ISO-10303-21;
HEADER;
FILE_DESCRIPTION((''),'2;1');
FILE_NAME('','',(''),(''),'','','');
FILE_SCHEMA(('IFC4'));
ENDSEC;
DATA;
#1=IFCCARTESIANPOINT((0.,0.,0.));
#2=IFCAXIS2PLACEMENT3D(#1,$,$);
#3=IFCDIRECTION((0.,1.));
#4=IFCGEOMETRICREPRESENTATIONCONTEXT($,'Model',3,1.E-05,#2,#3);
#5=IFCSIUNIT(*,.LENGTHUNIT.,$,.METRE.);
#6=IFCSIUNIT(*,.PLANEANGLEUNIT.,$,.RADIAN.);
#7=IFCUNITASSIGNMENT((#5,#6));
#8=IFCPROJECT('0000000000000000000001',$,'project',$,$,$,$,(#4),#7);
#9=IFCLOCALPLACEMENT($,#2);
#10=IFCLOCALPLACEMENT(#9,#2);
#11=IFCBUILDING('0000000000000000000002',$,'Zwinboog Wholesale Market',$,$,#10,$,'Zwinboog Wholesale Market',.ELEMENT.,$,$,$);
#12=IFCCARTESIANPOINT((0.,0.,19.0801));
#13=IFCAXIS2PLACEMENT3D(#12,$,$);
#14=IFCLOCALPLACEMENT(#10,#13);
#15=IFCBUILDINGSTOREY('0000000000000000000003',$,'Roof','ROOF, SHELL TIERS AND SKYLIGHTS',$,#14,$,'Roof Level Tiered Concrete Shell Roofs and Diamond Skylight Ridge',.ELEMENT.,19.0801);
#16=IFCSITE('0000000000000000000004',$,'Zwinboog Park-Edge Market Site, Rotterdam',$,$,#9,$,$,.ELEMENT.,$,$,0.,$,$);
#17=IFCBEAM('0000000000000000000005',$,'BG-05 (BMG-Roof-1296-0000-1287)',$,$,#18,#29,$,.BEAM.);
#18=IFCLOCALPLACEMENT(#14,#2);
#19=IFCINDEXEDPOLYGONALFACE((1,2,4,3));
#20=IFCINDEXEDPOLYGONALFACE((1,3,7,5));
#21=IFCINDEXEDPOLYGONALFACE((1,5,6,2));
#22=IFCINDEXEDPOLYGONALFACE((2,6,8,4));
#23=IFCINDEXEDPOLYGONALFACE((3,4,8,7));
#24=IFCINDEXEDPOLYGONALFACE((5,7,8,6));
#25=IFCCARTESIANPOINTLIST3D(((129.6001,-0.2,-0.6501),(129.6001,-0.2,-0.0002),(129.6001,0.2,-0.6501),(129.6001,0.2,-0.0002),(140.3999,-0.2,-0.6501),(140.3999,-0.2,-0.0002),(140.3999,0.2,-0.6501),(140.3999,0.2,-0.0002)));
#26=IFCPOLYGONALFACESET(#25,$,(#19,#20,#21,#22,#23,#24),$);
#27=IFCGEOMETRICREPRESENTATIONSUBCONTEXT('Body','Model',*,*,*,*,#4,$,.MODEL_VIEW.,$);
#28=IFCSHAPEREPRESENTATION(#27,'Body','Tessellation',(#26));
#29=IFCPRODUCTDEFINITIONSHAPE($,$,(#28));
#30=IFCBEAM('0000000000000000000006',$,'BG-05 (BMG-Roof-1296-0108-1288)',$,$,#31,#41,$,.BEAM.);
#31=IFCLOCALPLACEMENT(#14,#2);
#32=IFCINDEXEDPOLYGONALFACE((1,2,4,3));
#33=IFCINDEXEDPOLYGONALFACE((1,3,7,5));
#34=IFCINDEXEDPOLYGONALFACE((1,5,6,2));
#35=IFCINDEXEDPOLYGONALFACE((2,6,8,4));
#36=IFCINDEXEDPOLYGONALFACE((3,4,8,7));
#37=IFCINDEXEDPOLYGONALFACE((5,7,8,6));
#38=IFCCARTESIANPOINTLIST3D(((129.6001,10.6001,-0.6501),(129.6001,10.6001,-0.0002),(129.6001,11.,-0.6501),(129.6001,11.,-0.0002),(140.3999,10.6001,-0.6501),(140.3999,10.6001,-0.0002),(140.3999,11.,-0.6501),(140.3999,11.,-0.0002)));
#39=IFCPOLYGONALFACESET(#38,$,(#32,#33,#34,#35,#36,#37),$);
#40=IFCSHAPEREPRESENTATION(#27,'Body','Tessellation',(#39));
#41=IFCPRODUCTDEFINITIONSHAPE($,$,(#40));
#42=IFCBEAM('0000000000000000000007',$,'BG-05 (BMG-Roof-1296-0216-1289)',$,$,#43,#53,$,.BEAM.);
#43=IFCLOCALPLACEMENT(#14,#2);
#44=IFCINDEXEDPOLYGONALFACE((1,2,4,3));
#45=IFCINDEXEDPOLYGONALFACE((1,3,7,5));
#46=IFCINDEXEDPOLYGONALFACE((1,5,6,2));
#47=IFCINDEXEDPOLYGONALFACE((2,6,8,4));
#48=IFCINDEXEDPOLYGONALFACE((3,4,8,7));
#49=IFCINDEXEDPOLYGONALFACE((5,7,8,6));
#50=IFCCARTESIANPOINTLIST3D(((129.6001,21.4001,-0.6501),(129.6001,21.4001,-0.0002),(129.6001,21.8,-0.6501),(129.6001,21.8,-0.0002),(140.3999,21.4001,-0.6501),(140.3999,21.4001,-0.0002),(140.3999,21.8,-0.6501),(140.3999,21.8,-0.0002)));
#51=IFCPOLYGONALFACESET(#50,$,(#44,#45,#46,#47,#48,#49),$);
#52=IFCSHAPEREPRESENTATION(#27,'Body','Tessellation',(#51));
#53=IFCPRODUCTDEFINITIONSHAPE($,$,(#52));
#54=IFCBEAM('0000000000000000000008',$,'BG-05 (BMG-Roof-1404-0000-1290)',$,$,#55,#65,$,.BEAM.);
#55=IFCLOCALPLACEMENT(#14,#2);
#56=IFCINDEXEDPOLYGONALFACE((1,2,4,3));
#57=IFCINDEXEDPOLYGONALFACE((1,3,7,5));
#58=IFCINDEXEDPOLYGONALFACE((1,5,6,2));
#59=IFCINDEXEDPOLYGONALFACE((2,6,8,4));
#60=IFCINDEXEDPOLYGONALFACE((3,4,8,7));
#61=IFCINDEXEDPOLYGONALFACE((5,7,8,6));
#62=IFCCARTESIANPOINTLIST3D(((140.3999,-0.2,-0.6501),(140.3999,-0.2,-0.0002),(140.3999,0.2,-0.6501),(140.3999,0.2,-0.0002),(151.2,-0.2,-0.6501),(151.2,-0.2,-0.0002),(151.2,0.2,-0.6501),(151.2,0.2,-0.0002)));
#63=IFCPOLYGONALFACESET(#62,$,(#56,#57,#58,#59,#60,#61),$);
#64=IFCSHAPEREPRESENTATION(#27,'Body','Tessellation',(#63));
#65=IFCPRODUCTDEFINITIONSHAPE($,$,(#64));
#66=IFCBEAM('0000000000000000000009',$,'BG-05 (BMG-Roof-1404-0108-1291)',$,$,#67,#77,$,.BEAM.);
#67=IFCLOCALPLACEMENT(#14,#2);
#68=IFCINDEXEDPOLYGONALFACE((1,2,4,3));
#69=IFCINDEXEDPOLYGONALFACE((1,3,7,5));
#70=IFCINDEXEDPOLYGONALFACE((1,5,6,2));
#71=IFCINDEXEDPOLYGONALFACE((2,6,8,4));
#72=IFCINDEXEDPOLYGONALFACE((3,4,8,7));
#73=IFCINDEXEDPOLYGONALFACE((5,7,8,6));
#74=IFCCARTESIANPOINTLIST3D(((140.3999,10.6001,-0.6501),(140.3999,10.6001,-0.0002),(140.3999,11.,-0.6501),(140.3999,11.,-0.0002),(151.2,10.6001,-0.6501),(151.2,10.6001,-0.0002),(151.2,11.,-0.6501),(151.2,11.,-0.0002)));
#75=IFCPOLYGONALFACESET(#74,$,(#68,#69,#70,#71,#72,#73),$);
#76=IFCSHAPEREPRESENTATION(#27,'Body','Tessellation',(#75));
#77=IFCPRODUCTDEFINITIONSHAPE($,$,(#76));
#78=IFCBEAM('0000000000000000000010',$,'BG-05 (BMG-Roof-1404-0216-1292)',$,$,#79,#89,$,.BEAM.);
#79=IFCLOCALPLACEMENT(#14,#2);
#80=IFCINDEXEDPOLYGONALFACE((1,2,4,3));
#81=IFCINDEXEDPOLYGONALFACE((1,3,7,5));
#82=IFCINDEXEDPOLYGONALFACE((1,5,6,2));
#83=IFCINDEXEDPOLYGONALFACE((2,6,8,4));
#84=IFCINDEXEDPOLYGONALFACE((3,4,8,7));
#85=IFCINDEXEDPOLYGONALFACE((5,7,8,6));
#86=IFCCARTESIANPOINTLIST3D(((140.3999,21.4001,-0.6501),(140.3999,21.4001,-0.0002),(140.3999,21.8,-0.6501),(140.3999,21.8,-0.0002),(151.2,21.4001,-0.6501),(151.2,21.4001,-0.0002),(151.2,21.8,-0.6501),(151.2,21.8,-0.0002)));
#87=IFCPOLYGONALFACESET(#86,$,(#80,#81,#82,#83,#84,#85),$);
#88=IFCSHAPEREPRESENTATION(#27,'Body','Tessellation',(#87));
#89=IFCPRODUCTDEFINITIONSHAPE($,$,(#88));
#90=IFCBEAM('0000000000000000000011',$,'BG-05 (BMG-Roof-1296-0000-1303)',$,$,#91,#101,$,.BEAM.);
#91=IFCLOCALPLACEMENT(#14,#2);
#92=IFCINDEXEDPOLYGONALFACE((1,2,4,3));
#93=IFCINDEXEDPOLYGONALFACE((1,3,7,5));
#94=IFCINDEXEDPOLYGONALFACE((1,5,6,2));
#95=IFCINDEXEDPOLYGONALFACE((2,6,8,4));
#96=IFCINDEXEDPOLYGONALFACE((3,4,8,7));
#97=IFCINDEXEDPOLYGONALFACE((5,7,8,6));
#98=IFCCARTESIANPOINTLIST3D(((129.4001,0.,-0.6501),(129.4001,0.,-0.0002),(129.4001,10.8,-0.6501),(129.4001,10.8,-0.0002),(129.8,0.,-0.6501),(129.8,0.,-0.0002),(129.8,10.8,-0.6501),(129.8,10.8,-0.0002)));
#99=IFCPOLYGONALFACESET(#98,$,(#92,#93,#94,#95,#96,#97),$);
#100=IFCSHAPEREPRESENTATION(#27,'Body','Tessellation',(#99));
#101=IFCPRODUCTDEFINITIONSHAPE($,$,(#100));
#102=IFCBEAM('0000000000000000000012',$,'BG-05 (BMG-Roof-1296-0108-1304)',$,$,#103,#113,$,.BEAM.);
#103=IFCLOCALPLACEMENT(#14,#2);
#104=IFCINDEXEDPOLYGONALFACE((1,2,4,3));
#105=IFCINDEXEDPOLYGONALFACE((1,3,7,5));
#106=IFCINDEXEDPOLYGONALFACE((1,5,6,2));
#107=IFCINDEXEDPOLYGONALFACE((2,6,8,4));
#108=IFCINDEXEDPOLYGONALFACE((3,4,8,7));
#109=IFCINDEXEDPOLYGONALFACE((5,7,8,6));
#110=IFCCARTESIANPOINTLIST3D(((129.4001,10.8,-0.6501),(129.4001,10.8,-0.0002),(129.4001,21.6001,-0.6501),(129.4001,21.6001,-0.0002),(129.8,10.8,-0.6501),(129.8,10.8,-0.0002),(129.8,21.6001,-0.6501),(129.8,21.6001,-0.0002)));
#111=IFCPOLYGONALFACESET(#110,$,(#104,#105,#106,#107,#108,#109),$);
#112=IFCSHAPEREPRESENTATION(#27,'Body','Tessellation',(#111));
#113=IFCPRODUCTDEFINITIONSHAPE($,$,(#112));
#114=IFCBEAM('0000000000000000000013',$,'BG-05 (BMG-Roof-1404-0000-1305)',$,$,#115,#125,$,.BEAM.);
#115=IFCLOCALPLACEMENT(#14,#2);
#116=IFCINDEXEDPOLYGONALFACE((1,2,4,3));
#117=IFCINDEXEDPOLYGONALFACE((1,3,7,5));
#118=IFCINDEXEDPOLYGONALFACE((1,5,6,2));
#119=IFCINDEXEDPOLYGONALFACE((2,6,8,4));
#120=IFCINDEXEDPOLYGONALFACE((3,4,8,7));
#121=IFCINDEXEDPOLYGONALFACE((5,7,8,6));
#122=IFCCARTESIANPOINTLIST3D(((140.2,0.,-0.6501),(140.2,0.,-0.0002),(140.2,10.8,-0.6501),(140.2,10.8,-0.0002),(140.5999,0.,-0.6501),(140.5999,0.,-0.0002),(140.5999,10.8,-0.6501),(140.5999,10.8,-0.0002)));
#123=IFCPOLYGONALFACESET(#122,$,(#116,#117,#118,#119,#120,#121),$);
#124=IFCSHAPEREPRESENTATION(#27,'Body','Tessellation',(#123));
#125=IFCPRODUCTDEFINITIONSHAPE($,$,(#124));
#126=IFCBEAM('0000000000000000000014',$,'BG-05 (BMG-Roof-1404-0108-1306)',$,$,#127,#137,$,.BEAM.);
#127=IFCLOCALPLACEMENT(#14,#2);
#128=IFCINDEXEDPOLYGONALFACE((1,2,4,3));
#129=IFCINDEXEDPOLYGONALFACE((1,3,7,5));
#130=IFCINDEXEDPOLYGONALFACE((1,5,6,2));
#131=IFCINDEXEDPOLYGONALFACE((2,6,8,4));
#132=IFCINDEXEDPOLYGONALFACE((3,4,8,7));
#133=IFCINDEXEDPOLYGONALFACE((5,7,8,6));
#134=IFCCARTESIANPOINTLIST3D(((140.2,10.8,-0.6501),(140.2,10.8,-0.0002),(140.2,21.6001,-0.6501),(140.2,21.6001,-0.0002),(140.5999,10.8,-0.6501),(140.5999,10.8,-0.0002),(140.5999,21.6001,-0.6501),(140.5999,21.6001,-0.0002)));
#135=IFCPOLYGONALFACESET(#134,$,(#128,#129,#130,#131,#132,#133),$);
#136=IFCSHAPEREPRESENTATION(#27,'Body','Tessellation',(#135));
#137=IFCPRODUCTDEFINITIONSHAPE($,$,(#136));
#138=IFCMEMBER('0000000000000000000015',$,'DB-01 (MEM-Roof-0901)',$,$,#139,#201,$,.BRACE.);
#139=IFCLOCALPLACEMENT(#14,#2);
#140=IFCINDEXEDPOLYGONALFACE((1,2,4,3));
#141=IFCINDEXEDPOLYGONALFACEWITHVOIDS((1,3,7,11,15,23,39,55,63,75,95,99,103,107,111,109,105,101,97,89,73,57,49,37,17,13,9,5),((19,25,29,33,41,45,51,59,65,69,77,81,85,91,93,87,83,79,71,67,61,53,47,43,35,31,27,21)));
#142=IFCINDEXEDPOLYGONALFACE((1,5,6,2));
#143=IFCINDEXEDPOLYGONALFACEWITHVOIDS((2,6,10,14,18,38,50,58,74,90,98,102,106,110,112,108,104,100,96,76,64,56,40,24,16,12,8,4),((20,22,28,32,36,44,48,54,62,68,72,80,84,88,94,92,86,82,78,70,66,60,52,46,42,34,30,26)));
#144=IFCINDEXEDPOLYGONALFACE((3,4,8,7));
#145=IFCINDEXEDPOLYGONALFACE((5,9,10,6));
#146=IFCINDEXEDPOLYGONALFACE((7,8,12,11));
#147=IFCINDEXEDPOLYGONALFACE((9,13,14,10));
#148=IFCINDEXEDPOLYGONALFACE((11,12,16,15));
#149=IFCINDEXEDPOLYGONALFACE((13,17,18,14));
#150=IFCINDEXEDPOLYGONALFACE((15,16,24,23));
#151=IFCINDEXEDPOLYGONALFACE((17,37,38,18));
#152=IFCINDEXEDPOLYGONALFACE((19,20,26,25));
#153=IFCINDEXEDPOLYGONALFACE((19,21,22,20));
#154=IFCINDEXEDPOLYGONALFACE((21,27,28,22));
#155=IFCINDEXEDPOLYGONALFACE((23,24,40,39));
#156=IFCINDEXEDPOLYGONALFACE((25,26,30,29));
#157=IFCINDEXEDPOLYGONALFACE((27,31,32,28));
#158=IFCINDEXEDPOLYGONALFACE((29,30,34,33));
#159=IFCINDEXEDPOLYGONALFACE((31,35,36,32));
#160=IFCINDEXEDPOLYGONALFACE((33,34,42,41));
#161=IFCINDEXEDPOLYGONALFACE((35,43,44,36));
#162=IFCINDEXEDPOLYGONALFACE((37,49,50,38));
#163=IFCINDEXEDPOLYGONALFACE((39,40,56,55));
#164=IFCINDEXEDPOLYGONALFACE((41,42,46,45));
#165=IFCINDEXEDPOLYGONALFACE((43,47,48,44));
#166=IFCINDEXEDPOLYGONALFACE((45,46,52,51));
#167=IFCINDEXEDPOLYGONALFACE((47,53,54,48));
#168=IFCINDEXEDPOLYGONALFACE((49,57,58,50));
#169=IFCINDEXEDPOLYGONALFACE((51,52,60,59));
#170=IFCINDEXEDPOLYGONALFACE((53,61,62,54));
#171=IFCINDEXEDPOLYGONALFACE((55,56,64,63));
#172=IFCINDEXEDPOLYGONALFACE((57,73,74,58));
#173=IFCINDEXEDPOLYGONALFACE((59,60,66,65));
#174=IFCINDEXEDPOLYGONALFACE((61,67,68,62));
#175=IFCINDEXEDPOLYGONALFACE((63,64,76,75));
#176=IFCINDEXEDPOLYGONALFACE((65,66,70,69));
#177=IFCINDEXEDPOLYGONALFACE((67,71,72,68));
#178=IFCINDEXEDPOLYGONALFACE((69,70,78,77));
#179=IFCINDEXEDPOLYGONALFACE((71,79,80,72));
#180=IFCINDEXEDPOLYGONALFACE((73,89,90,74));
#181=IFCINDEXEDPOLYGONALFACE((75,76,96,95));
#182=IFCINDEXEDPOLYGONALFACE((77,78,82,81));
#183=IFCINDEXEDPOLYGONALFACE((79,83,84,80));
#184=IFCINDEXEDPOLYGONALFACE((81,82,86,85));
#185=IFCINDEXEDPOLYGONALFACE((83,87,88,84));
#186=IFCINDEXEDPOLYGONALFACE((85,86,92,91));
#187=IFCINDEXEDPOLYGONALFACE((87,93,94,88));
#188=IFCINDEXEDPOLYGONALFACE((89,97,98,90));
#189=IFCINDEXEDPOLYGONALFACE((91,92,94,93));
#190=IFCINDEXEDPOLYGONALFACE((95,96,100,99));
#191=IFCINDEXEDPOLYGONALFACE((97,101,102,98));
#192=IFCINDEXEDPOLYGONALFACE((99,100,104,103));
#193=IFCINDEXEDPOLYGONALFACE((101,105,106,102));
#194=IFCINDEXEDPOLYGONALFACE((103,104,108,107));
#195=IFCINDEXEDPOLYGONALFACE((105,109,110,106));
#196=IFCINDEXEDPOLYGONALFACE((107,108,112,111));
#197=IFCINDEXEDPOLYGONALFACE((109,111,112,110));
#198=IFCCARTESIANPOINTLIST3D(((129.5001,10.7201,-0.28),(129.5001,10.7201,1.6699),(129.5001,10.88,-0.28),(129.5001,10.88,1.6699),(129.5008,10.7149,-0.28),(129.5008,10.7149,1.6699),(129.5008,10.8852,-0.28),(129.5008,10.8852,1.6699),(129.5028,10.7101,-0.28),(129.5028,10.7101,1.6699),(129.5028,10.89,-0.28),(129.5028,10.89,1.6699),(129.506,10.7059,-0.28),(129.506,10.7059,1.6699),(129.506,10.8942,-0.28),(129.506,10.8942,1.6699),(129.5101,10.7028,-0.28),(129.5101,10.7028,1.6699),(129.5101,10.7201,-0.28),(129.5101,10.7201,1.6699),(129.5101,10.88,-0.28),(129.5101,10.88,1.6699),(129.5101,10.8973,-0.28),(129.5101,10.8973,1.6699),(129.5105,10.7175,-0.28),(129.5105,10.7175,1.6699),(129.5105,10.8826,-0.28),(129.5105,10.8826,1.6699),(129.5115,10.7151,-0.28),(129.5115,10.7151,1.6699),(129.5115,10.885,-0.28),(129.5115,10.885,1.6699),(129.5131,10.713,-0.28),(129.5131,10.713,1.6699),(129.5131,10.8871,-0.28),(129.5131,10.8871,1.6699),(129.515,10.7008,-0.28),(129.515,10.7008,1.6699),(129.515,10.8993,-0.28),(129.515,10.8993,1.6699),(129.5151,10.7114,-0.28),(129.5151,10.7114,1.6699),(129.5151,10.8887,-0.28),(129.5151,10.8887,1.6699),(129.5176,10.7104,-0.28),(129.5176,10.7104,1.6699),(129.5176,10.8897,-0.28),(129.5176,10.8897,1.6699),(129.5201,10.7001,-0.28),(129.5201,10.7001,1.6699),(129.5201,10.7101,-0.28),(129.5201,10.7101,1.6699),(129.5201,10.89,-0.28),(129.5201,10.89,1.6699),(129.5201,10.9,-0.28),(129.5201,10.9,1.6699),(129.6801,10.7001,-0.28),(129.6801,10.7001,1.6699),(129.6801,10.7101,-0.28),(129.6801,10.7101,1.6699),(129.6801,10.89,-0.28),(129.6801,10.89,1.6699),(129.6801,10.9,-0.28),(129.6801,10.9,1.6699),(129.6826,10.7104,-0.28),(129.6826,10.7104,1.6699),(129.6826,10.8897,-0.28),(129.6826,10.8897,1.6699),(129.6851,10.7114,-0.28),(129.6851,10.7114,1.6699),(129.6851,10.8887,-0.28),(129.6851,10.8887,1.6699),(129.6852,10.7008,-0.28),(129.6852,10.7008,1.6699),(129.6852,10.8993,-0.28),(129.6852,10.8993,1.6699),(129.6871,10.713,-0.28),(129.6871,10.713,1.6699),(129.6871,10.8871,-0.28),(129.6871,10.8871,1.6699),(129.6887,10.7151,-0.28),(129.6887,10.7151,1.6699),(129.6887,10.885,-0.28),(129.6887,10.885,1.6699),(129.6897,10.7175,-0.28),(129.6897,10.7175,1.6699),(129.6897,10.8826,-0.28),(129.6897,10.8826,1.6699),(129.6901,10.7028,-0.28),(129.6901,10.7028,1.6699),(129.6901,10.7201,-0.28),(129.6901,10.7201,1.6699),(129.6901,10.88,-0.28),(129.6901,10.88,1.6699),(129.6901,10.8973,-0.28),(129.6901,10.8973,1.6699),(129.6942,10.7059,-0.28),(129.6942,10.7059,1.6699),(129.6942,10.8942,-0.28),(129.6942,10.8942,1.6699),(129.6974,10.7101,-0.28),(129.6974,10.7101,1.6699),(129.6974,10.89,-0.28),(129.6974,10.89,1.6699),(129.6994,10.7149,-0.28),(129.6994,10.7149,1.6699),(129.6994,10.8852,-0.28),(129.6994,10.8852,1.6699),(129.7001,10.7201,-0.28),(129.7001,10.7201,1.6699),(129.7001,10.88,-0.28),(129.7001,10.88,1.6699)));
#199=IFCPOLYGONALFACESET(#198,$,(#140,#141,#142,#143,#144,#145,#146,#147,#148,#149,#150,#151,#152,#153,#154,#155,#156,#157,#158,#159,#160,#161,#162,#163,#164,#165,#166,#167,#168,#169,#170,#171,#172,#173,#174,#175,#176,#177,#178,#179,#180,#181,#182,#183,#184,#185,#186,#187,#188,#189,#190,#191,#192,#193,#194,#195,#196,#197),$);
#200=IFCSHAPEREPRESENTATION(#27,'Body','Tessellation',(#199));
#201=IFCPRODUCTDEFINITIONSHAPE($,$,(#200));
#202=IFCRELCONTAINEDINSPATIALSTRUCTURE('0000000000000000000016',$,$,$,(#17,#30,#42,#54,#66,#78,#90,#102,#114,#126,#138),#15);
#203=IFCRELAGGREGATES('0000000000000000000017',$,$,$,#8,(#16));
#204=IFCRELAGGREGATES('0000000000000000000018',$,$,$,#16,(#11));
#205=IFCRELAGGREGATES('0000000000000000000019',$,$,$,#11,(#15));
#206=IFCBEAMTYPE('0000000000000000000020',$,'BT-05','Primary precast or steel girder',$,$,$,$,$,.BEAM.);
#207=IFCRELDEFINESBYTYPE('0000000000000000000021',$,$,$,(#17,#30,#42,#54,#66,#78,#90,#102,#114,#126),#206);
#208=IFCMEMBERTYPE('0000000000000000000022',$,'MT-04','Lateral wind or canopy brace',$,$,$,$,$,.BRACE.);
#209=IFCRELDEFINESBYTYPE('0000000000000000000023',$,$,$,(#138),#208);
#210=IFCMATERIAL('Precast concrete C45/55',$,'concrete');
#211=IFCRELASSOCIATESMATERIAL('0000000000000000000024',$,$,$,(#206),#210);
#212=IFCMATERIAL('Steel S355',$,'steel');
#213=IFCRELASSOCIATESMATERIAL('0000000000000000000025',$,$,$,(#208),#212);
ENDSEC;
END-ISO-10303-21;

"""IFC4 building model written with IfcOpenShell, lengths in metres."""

from ifc_helpers import new_model, si_unit, direction, frame, origin, origin_2d, place, context, subcontext, project, spatial, rectangle, hollow_rectangle, extrude, material, material_profile, profile_set, type_object, element, save


model = new_model("IFC4")

# Units and contexts
model_context = context("Model", 3, precision=1e-05, world=origin(), true_north=direction((0.0, 1.0)))
body_context = subcontext(model_context, "Body", "Model", "MODEL_VIEW")
ifc_project = project(units=[si_unit("LENGTHUNIT", "METRE"), si_unit("PLANEANGLEUNIT", "RADIAN")], contexts=[model_context])

# Site, building, storey
site_placement = place(None, origin())
site = spatial("IfcSite", under=ifc_project, at=site_placement, Name="Zwinboog Park-Edge Market Site, Rotterdam", CompositionType="ELEMENT", RefElevation=0.0)
building_placement = place(site_placement, origin())
building = spatial("IfcBuilding", under=site, at=building_placement, Name="Zwinboog Wholesale Market", LongName="Zwinboog Wholesale Market", CompositionType="ELEMENT")
storey_placement = place(building_placement, frame((0.0, 0.0, 19.0801)))
storey = spatial("IfcBuildingStorey", under=building, at=storey_placement, Name="Roof", Description="ROOF, SHELL TIERS AND SKYLIGHTS", LongName="Roof Level Tiered Concrete Shell Roofs and Diamond Skylight Ridge", CompositionType="ELEMENT", Elevation=19.0801)

# Beams
ifc_material_1 = material(Name="Precast concrete C45/55", Category="concrete")
ifc_material_profile_1 = material_profile(ifc_material_1, rectangle(XDim=0.3999, YDim=0.6499, at=origin_2d()), Name="PC 400x650")
ifc_profile_set_1 = profile_set([ifc_material_profile_1], Name="Precast concrete C45/55")
beam_type = type_object("IfcBeamType", Name="BT-05", Description="Primary precast or steel girder", PredefinedType="BEAM", material=ifc_profile_set_1)
for number, where, z_axis, x_axis, name in (
    (1, (129.6001, 0.0, -0.3252), (1.0, 0.0, 0.0), (0.0, 1.0, 0.0), "BG-05 (BMG-Roof-1296-0000-1287)"),
    (2, (129.6001, 10.8, -0.3252), (1.0, 0.0, 0.0), (0.0, 1.0, 0.0), "BG-05 (BMG-Roof-1296-0108-1288)"),
    (3, (129.6001, 21.6001, -0.3252), (1.0, 0.0, 0.0), (0.0, 1.0, 0.0), "BG-05 (BMG-Roof-1296-0216-1289)"),
):
    element("IfcBeam", number, at=place(storey_placement, frame(where, z_axis=z_axis, x_axis=x_axis)), inside=storey, type_object=beam_type, Name=name, PredefinedType="BEAM", context=body_context, shape_type="SweptSolid", body=[
        extrude(rectangle(XDim=0.3999, YDim=0.6499, at=origin_2d()), origin(), (0.0, 0.0, 1.0), 10.7998),
    ])
for number, where, z_axis, x_axis, name in (
    (4, (140.3999, 0.0, -0.3252), (1.0, 0.0, 0.0), (0.0, 1.0, 0.0), "BG-05 (BMG-Roof-1404-0000-1290)"),
    (5, (140.3999, 10.8, -0.3252), (1.0, 0.0, 0.0), (0.0, 1.0, 0.0), "BG-05 (BMG-Roof-1404-0108-1291)"),
    (6, (140.3999, 21.6001, -0.3252), (1.0, 0.0, 0.0), (0.0, 1.0, 0.0), "BG-05 (BMG-Roof-1404-0216-1292)"),
    (7, (129.6001, 0.0, -0.3252), (0.0, 1.0, 0.0), (-1.0, 0.0, 0.0), "BG-05 (BMG-Roof-1296-0000-1303)"),
    (8, (129.6001, 10.8, -0.3252), (0.0, 1.0, 0.0), (-1.0, 0.0, 0.0), "BG-05 (BMG-Roof-1296-0108-1304)"),
    (9, (140.3999, 0.0, -0.3252), (0.0, 1.0, 0.0), (-1.0, 0.0, 0.0), "BG-05 (BMG-Roof-1404-0000-1305)"),
    (10, (140.3999, 10.8, -0.3252), (0.0, 1.0, 0.0), (-1.0, 0.0, 0.0), "BG-05 (BMG-Roof-1404-0108-1306)"),
):
    element("IfcBeam", number, at=place(storey_placement, frame(where, z_axis=z_axis, x_axis=x_axis)), inside=storey, type_object=beam_type, Name=name, PredefinedType="BEAM", context=body_context, shape_type="SweptSolid", body=[
        extrude(rectangle(XDim=0.3999, YDim=0.6499, at=origin_2d()), origin(), (0.0, 0.0, 1.0), 10.8),
    ])

# Member
ifc_material_2 = material(Name="Steel S355", Category="steel")
ifc_material_profile_2 = material_profile(ifc_material_2, hollow_rectangle(XDim=0.2, YDim=0.2, WallThickness=0.01, InnerFilletRadius=0.01, OuterFilletRadius=0.02, at=origin_2d()), Name="SHS 200x200x10")
ifc_profile_set_2 = profile_set([ifc_material_profile_2], Name="Steel S355")
member_type_1 = type_object("IfcMemberType", Name="MT-04", Description="Lateral wind or canopy brace", PredefinedType="BRACE", material=ifc_profile_set_2)
for number, where, z_axis, x_axis, name in (
    (11, (129.6001, 10.8, -0.28), (0.0, 0.0, 1.0), (1.0, 0.0, 0.0), "DB-01 (MEM-Roof-0901)"),
):
    element("IfcMember", number, at=place(storey_placement, frame(where, z_axis=z_axis, x_axis=x_axis)), inside=storey, type_object=member_type_1, Name=name, PredefinedType="BRACE", context=body_context, shape_type="SweptSolid", body=[
        extrude(hollow_rectangle(XDim=0.2, YDim=0.2, WallThickness=0.01, InnerFilletRadius=0.01, OuterFilletRadius=0.02, at=origin_2d()), origin(), (0.0, 0.0, 1.0), 1.95),
    ])

save(model, "model.ifc")
